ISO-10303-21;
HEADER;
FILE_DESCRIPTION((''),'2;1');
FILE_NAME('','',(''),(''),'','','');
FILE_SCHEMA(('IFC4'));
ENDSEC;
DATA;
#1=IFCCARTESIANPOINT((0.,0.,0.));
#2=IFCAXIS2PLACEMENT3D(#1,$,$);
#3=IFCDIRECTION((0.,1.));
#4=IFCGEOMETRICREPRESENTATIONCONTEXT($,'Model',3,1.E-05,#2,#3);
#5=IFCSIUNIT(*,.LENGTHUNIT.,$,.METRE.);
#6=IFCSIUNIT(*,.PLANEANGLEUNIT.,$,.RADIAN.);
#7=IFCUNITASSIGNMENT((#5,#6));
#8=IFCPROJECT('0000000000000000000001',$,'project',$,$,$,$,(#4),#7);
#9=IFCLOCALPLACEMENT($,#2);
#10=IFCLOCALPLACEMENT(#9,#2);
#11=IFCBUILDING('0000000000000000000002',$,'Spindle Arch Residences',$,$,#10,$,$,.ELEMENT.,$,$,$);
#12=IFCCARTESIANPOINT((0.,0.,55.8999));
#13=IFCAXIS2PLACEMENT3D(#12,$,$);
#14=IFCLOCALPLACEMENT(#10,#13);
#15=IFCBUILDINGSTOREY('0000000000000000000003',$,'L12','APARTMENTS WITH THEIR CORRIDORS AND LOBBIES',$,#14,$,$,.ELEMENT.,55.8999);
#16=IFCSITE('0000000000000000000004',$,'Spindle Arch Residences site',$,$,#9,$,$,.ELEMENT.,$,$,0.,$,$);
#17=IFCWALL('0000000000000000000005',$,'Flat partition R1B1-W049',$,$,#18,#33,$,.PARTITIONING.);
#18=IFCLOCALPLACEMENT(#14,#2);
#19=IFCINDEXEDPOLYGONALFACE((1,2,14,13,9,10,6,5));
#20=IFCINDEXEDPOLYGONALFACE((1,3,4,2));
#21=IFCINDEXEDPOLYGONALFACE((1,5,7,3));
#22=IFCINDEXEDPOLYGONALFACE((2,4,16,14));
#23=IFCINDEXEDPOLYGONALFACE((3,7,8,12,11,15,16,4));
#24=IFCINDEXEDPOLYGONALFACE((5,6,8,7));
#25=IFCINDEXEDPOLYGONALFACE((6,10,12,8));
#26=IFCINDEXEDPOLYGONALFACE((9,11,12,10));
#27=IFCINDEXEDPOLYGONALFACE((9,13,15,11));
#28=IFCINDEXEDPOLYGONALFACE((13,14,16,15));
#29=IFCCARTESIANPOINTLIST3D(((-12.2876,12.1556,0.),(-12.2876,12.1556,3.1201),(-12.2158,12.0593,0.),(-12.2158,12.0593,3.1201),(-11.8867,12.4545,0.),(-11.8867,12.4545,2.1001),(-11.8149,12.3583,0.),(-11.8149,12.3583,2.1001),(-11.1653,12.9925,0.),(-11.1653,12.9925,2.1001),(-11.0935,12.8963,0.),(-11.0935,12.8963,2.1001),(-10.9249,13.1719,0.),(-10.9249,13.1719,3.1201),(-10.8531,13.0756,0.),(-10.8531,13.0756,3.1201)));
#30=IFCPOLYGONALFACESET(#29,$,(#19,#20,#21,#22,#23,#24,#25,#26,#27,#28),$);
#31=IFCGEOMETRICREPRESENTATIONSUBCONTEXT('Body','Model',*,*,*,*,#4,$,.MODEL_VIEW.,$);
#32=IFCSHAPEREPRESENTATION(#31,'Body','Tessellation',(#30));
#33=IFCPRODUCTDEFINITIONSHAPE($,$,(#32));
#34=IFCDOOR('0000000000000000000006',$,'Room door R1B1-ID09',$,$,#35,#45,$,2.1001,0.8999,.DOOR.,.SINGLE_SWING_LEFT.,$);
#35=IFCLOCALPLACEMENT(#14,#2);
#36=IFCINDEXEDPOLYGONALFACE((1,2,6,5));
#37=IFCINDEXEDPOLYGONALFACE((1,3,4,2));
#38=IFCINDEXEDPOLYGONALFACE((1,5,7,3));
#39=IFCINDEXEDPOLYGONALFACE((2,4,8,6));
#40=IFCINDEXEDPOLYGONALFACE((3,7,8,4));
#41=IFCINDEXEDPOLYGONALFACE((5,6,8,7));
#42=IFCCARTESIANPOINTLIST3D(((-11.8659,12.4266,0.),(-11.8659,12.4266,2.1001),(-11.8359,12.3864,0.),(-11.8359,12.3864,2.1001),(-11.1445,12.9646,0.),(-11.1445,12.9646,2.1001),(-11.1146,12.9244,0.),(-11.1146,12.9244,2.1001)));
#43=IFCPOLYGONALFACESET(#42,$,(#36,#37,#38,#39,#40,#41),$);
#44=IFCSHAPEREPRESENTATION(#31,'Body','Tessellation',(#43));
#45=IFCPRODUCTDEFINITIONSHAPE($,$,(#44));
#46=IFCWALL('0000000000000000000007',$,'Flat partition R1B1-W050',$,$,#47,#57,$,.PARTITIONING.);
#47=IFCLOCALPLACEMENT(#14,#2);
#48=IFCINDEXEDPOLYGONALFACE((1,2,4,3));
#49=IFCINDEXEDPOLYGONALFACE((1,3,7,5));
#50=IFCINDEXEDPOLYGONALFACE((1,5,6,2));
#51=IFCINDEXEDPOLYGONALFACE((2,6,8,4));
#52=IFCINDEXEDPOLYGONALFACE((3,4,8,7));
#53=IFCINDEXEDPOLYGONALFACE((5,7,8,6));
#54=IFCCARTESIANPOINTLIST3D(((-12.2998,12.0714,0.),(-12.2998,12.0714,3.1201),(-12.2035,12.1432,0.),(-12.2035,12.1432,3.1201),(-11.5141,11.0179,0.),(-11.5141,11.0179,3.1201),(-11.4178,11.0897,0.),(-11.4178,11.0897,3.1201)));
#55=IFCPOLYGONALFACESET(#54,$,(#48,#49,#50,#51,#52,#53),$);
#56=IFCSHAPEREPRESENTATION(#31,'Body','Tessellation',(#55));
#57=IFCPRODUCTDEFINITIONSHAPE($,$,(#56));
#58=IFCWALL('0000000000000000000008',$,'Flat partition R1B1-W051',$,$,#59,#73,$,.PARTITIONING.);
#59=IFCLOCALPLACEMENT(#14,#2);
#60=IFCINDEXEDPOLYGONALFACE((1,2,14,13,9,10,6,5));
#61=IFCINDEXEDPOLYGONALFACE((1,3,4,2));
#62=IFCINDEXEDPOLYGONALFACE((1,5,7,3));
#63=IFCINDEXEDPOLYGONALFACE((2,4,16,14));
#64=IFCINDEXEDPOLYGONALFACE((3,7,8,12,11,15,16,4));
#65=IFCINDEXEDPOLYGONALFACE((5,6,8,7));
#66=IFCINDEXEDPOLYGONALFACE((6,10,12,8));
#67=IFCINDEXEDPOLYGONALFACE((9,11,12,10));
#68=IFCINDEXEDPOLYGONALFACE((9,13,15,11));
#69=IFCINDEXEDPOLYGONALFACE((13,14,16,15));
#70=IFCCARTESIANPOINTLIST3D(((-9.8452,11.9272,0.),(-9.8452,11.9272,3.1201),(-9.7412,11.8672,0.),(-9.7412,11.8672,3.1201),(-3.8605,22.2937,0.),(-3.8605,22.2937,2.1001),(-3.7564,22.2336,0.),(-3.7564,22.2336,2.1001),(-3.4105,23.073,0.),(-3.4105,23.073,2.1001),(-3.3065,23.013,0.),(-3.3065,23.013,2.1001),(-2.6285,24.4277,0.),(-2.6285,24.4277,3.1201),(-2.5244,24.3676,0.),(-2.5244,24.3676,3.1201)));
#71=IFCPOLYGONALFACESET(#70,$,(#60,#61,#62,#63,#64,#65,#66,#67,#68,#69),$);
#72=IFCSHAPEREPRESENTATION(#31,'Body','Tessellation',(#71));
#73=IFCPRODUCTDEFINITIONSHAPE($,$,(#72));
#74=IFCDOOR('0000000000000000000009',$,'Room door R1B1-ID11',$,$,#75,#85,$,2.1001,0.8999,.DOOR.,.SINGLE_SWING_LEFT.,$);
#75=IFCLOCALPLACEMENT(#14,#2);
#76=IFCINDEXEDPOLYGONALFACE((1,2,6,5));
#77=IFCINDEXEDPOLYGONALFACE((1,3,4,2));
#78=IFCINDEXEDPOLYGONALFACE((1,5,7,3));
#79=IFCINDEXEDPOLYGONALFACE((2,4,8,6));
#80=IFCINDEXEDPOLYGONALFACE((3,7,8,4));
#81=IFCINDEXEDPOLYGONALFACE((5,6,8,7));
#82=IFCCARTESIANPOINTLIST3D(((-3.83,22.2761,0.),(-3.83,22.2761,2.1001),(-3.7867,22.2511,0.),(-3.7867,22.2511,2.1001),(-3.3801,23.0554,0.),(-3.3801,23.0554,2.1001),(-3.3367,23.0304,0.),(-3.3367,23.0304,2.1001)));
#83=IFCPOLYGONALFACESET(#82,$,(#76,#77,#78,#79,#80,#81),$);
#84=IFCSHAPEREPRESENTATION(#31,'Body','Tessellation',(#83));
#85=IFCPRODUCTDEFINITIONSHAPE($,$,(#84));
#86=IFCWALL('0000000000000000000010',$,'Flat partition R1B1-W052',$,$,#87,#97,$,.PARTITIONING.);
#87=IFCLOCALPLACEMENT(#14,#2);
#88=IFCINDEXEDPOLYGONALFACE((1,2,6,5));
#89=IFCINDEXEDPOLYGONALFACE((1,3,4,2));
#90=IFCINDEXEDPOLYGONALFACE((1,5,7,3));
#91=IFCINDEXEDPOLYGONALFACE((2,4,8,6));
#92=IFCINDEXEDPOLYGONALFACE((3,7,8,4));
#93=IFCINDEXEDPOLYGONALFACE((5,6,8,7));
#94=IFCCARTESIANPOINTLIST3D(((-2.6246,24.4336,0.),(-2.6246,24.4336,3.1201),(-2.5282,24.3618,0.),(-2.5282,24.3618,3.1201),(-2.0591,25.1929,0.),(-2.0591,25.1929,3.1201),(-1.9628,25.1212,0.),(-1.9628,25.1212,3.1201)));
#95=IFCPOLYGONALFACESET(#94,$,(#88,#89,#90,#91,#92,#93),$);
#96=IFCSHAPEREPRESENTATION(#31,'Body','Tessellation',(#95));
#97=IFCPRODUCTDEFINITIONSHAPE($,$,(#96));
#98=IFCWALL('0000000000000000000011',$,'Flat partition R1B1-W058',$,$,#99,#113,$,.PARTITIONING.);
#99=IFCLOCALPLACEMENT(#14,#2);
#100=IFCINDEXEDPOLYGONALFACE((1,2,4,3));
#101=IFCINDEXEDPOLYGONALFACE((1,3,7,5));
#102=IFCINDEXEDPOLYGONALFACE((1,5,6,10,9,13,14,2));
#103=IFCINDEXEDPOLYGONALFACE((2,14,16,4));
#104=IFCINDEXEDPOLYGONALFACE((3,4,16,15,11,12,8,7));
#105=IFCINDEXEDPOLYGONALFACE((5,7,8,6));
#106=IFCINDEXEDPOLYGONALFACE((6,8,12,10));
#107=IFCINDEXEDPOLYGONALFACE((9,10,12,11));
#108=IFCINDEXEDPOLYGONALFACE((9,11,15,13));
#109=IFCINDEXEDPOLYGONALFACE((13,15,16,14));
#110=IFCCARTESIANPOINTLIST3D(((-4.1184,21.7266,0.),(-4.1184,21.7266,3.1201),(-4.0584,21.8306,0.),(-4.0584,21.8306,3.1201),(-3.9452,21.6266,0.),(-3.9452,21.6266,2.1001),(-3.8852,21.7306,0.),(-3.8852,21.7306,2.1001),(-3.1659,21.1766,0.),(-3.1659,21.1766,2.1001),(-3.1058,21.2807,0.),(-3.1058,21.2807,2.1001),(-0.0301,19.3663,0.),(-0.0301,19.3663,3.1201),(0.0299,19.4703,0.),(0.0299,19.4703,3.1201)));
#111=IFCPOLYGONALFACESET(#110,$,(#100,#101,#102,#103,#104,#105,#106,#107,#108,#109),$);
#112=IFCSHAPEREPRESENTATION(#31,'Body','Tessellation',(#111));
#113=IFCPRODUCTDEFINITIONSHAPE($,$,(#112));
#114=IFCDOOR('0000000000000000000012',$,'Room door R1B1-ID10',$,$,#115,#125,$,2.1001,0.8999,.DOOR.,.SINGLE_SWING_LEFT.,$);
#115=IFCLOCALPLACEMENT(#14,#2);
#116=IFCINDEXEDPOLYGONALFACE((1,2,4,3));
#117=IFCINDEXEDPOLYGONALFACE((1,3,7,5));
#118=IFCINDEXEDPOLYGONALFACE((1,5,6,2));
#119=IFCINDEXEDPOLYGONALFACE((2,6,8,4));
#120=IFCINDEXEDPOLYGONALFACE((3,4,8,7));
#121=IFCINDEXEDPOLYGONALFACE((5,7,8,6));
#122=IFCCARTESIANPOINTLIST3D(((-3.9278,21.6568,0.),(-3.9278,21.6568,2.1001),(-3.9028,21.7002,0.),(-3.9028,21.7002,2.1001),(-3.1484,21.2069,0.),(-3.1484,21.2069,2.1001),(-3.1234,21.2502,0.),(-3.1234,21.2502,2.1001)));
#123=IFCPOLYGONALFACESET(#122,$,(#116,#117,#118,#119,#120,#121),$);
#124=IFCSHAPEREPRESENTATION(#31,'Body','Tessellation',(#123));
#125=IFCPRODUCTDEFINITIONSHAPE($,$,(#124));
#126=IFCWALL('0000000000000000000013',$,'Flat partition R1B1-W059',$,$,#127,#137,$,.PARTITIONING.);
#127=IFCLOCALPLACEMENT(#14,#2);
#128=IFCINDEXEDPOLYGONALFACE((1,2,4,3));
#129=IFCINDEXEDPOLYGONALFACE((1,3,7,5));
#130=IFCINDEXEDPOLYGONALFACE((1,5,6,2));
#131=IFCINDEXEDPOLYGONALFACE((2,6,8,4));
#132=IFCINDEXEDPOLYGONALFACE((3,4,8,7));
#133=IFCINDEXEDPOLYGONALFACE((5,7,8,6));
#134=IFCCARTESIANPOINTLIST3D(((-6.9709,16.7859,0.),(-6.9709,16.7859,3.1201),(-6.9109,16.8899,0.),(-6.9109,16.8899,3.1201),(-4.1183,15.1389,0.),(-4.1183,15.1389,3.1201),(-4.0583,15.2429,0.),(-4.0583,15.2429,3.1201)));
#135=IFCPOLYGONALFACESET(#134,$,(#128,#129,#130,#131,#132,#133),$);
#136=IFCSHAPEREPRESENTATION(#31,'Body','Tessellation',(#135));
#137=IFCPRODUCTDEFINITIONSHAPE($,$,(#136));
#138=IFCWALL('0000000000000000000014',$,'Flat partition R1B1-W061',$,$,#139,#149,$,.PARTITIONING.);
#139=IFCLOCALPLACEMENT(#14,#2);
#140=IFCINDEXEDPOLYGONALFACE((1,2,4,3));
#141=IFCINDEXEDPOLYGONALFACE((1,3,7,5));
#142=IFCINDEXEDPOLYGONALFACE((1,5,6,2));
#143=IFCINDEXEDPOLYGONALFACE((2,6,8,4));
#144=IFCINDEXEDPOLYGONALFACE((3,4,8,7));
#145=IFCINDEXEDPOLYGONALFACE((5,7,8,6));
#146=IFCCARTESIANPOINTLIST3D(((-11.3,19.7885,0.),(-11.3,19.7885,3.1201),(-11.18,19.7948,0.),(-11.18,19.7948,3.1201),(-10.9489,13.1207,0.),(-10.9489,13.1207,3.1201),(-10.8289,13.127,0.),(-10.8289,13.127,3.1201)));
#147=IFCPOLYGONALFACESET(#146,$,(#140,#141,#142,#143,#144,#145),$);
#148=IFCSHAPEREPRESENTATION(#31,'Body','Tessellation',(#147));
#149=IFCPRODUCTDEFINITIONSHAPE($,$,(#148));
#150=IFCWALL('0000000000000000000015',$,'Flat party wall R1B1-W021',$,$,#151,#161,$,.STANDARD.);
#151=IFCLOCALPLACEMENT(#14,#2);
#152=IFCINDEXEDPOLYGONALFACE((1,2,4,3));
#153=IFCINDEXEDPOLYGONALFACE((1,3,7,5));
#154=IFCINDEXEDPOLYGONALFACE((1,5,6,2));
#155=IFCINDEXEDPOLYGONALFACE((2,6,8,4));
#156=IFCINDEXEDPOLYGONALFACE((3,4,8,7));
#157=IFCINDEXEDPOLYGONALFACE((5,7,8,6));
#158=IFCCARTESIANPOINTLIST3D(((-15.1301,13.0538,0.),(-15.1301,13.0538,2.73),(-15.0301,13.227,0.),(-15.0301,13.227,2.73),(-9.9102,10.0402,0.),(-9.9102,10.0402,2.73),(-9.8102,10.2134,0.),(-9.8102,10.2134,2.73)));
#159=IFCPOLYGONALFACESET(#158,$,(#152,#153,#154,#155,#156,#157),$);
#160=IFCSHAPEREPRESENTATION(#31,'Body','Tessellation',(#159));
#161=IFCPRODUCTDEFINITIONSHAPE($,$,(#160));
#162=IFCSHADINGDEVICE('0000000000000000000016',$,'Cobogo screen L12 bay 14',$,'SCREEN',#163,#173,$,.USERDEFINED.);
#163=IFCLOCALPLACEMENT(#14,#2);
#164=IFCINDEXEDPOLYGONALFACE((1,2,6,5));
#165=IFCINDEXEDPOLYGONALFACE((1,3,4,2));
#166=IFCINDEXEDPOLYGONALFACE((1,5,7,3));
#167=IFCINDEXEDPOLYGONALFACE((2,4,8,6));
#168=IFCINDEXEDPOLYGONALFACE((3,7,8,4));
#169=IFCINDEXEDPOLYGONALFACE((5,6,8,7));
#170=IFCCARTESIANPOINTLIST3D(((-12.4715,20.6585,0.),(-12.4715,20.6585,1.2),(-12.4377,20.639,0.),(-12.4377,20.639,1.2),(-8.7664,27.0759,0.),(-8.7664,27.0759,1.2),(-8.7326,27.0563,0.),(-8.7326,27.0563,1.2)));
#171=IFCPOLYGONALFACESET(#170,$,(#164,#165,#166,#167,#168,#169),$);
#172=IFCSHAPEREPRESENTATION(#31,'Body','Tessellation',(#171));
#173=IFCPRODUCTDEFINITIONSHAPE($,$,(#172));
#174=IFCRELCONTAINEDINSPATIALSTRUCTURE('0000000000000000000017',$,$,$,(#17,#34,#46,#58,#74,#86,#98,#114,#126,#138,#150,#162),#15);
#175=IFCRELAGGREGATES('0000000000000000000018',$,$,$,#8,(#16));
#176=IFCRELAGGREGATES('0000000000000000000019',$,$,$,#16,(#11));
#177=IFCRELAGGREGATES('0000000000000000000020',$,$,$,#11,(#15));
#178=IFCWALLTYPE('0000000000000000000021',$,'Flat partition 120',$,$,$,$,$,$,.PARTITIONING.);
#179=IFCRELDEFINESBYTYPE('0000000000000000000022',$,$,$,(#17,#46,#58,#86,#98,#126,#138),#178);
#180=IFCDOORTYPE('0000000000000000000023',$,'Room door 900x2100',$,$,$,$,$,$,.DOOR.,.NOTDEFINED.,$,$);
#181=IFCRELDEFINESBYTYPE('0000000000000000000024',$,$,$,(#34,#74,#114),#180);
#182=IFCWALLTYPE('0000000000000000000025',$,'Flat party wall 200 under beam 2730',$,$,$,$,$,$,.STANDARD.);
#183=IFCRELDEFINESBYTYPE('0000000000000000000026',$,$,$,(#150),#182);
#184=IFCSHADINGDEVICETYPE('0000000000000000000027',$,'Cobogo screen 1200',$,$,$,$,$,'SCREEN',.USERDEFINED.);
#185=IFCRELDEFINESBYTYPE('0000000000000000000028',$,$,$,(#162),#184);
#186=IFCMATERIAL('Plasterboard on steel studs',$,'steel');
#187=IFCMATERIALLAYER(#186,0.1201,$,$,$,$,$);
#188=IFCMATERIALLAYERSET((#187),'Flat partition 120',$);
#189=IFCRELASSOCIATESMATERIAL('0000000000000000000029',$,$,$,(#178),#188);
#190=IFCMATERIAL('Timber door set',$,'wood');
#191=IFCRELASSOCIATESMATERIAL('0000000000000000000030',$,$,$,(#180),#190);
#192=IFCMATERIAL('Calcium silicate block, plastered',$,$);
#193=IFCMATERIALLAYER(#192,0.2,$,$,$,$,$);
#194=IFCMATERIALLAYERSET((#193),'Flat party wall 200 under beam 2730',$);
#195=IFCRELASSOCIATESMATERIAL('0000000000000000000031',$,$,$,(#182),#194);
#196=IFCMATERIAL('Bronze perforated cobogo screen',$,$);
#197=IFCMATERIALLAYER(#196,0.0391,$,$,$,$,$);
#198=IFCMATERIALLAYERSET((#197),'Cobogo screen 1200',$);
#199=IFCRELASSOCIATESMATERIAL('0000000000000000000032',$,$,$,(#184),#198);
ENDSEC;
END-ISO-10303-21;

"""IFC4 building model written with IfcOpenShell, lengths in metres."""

from ifc_helpers import new_model, si_unit, direction, frame, frame_2d, origin, origin_2d, place, context, subcontext, project, spatial, rectangle, extrude, material, layer, layer_set, type_object, element, fill, save


model = new_model("IFC4")

# Units and contexts
model_context = context("Model", 3, precision=1e-05, world=origin(), true_north=direction((0.0, 1.0)))
body_context = subcontext(model_context, "Body", "Model", "MODEL_VIEW")
ifc_project = project(units=[si_unit("LENGTHUNIT", "METRE"), si_unit("PLANEANGLEUNIT", "RADIAN")], contexts=[model_context])

# Site, building, storey
site_placement = place(None, origin())
site = spatial("IfcSite", under=ifc_project, at=site_placement, Name="Spindle Arch Residences site", CompositionType="ELEMENT", RefElevation=0.0)
building_placement = place(site_placement, origin())
building = spatial("IfcBuilding", under=site, at=building_placement, Name="Spindle Arch Residences", CompositionType="ELEMENT")
storey_placement = place(building_placement, frame((0.0, 0.0, 55.8999)))
storey = spatial("IfcBuildingStorey", under=building, at=storey_placement, Name="L12", Description="APARTMENTS WITH THEIR CORRIDORS AND LOBBIES", CompositionType="ELEMENT", Elevation=55.8999)

# Wall, opening, door
ifc_material_1 = material(Name="Plasterboard on steel studs", Category="steel")
ifc_layer_1 = layer(ifc_material_1, 0.1201)
ifc_layer_set_1 = layer_set([ifc_layer_1], Name="Flat partition 120")
wall_type_1 = type_object("IfcWallType", Name="Flat partition 120", PredefinedType="PARTITIONING", material=ifc_layer_set_1)
wall_1_placement = place(storey_placement, frame((-10.8889, 13.1238, 0.0), z_axis=(0.0, 0.0, 1.0), x_axis=(-0.801617, -0.597838, 0.0)))
wall_1 = element("IfcWall", 1, at=wall_1_placement, inside=storey, type_object=wall_type_1, Name="Flat partition R1B1-W049", PredefinedType="PARTITIONING", context=body_context, shape_type="SweptSolid", body=[
    extrude(rectangle(XDim=1.7, YDim=0.1201, at=frame_2d((0.8501, 0.0))), origin(), (0.0, 0.0, 1.0), 3.1201),
])
opening_1_placement = place(wall_1_placement, frame((0.3, 0.0, 0.0)))
opening_1 = element("IfcOpeningElement", 2, at=opening_1_placement, cuts=wall_1, PredefinedType="OPENING", context=body_context, shape_type="SweptSolid", body=[
    extrude(rectangle(XDim=0.8999, YDim=2.1001, at=frame_2d((0.45, 1.05))), frame((0.0, 0.0701, 0.0), z_axis=(0.0, -1.0, 0.0), x_axis=(1.0, 0.0, 0.0)), (0.0, 0.0, 1.0), 0.1401),
])
ifc_material_2 = material(Name="Timber door set", Category="wood")
door_type_1 = type_object("IfcDoorType", Name="Room door 900x2100", OperationType="NOTDEFINED", PredefinedType="DOOR", material=ifc_material_2)
door_1_placement = place(opening_1_placement, origin())
door_1 = element("IfcDoor", 3, at=door_1_placement, inside=storey, type_object=door_type_1, Name="Room door R1B1-ID09", OperationType="SINGLE_SWING_LEFT", OverallHeight=2.1001, OverallWidth=0.8999, PredefinedType="DOOR", context=body_context, shape_type="SweptSolid", body=[
    extrude(rectangle(XDim=0.8999, YDim=2.1001, at=frame_2d((0.45, 1.05))), frame((0.0, 0.0249, 0.0), z_axis=(0.0, -1.0, 0.0), x_axis=(1.0, 0.0, 0.0)), (0.0, 0.0, 1.0), 0.05),
])
fill(opening_1, door_1)

# Wall
wall_2_placement = place(storey_placement, frame((-12.2517, 12.1074, 0.0), z_axis=(0.0, 0.0, 1.0), x_axis=(0.597828, -0.801624, 0.0)))
element("IfcWall", 4, at=wall_2_placement, inside=storey, type_object=wall_type_1, Name="Flat partition R1B1-W050", PredefinedType="PARTITIONING", context=body_context, shape_type="SweptSolid", body=[
    extrude(rectangle(XDim=1.3142, YDim=0.1201, at=frame_2d((0.6572, 0.0))), origin(), (0.0, 0.0, 1.0), 3.1201),
])

# Wall, opening, door
wall_3_placement = place(storey_placement, frame((-9.7932, 11.8972, 0.0), z_axis=(0.0, 0.0, 1.0), x_axis=(0.499981, 0.866036, 0.0)))
wall_3 = element("IfcWall", 5, at=wall_3_placement, inside=storey, type_object=wall_type_1, Name="Flat partition R1B1-W051", PredefinedType="PARTITIONING", context=body_context, shape_type="SweptSolid", body=[
    extrude(rectangle(XDim=14.4341, YDim=0.1201, at=frame_2d((7.217, 0.0))), origin(), (0.0, 0.0, 1.0), 3.1201),
])
opening_2_placement = place(wall_3_placement, frame((11.97, 0.0, 0.0)))
opening_2 = element("IfcOpeningElement", 6, at=opening_2_placement, cuts=wall_3, PredefinedType="OPENING", context=body_context, shape_type="SweptSolid", body=[
    extrude(rectangle(XDim=0.8999, YDim=2.1001, at=frame_2d((0.45, 1.05))), frame((0.0, 0.0701, 0.0), z_axis=(0.0, -1.0, 0.0), x_axis=(1.0, 0.0, 0.0)), (0.0, 0.0, 1.0), 0.1401),
])
door_2_placement = place(opening_2_placement, origin())
door_2 = element("IfcDoor", 7, at=door_2_placement, inside=storey, type_object=door_type_1, Name="Room door R1B1-ID11", OperationType="SINGLE_SWING_LEFT", OverallHeight=2.1001, OverallWidth=0.8999, PredefinedType="DOOR", context=body_context, shape_type="SweptSolid", body=[
    extrude(rectangle(XDim=0.8999, YDim=2.1001, at=frame_2d((0.45, 1.05))), frame((0.0, 0.0249, 0.0), z_axis=(0.0, -1.0, 0.0), x_axis=(1.0, 0.0, 0.0)), (0.0, 0.0, 1.0), 0.05),
])
fill(opening_2, door_2)

# Wall
wall_4_placement = place(storey_placement, frame((-2.5764, 24.3977, 0.0), z_axis=(0.0, 0.0, 1.0), x_axis=(0.597273, 0.802038, 0.0)))
element("IfcWall", 8, at=wall_4_placement, inside=storey, type_object=wall_type_1, Name="Flat partition R1B1-W052", PredefinedType="PARTITIONING", context=body_context, shape_type="SweptSolid", body=[
    extrude(rectangle(XDim=0.9468, YDim=0.1201, at=frame_2d((0.4734, 0.0))), origin(), (0.0, 0.0, 1.0), 3.1201),
])

# Wall, opening, door
wall_5_placement = place(storey_placement, frame((-4.0884, 21.7786, 0.0), z_axis=(0.0, 0.0, 1.0), x_axis=(0.866032, -0.499988, 0.0)))
wall_5 = element("IfcWall", 9, at=wall_5_placement, inside=storey, type_object=wall_type_1, Name="Flat partition R1B1-W058", PredefinedType="PARTITIONING", context=body_context, shape_type="SweptSolid", body=[
    extrude(rectangle(XDim=4.7207, YDim=0.1201, at=frame_2d((2.3604, 0.0))), origin(), (0.0, 0.0, 1.0), 3.1201),
])
opening_3_placement = place(wall_5_placement, frame((0.2, 0.0, 0.0)))
opening_3 = element("IfcOpeningElement", 10, at=opening_3_placement, cuts=wall_5, PredefinedType="OPENING", context=body_context, shape_type="SweptSolid", body=[
    extrude(rectangle(XDim=0.8999, YDim=2.1001, at=frame_2d((0.45, 1.05))), frame((0.0, 0.0701, 0.0), z_axis=(0.0, -1.0, 0.0), x_axis=(1.0, 0.0, 0.0)), (0.0, 0.0, 1.0), 0.1401),
])
door_3_placement = place(opening_3_placement, origin())
door_3 = element("IfcDoor", 11, at=door_3_placement, inside=storey, type_object=door_type_1, Name="Room door R1B1-ID10", OperationType="SINGLE_SWING_LEFT", OverallHeight=2.1001, OverallWidth=0.8999, PredefinedType="DOOR", context=body_context, shape_type="SweptSolid", body=[
    extrude(rectangle(XDim=0.8999, YDim=2.1001, at=frame_2d((0.45, 1.05))), frame((0.0, 0.0249, 0.0), z_axis=(0.0, -1.0, 0.0), x_axis=(1.0, 0.0, 0.0)), (0.0, 0.0, 1.0), 0.05),
])
fill(opening_3, door_3)

# Walls
wall_6_placement = place(storey_placement, frame((-6.9409, 16.8379, 0.0), z_axis=(0.0, 0.0, 1.0), x_axis=(0.866018, -0.500013, 0.0)))
element("IfcWall", 12, at=wall_6_placement, inside=storey, type_object=wall_type_1, Name="Flat partition R1B1-W059", PredefinedType="PARTITIONING", context=body_context, shape_type="SweptSolid", body=[
    extrude(rectangle(XDim=3.2939, YDim=0.1201, at=frame_2d((1.647, 0.0))), origin(), (0.0, 0.0, 1.0), 3.1201),
])
wall_7_placement = place(storey_placement, frame((-11.24, 19.7915, 0.0), z_axis=(0.0, 0.0, 1.0), x_axis=(0.05258, -0.998617, 0.0)))
element("IfcWall", 13, at=wall_7_placement, inside=storey, type_object=wall_type_1, Name="Flat partition R1B1-W061", PredefinedType="PARTITIONING", context=body_context, shape_type="SweptSolid", body=[
    extrude(rectangle(XDim=6.677, YDim=0.1201, at=frame_2d((3.3384, 0.0))), origin(), (0.0, 0.0, 1.0), 3.1201),
])
ifc_material_3 = material(Name="Calcium silicate block, plastered")
ifc_layer_2 = layer(ifc_material_3, 0.2)
ifc_layer_set_2 = layer_set([ifc_layer_2], Name="Flat party wall 200 under beam 2730")
wall_type_2 = type_object("IfcWallType", Name="Flat party wall 200 under beam 2730", PredefinedType="STANDARD", material=ifc_layer_set_2)
wall_8_placement = place(storey_placement, frame((-15.0801, 13.1404, 0.0), z_axis=(0.0, 0.0, 1.0), x_axis=(0.866031, -0.49999, 0.0)))
element("IfcWall", 14, at=wall_8_placement, inside=storey, type_object=wall_type_2, Name="Flat party wall R1B1-W021", PredefinedType="STANDARD", context=body_context, shape_type="SweptSolid", body=[
    extrude(rectangle(XDim=6.0273, YDim=0.2, at=frame_2d((3.0137, 0.0))), origin(), (0.0, 0.0, 1.0), 2.73),
])

# Shading device
ifc_material_4 = material(Name="Bronze perforated cobogo screen")
ifc_layer_3 = layer(ifc_material_4, 0.0391)
ifc_layer_set_3 = layer_set([ifc_layer_3], Name="Cobogo screen 1200")
shading_device_type = type_object("IfcShadingDeviceType", Name="Cobogo screen 1200", ElementType="SCREEN", PredefinedType="USERDEFINED", material=ifc_layer_set_3)
shading_device_placement = place(storey_placement, frame((-10.6021, 23.8574, 0.0), z_axis=(0.0, 0.0, 1.0), x_axis=(-0.5, -0.866025, 0.0)))
element("IfcShadingDevice", 15, at=shading_device_placement, inside=storey, type_object=shading_device_type, Name="Cobogo screen L12 bay 14", ObjectType="SCREEN", PredefinedType="USERDEFINED", context=body_context, shape_type="SweptSolid", body=[
    extrude(rectangle(XDim=7.4102, YDim=0.0391, at=origin_2d()), origin(), (0.0, 0.0, 1.0), 1.2),
])

save(model, "model.ifc")
